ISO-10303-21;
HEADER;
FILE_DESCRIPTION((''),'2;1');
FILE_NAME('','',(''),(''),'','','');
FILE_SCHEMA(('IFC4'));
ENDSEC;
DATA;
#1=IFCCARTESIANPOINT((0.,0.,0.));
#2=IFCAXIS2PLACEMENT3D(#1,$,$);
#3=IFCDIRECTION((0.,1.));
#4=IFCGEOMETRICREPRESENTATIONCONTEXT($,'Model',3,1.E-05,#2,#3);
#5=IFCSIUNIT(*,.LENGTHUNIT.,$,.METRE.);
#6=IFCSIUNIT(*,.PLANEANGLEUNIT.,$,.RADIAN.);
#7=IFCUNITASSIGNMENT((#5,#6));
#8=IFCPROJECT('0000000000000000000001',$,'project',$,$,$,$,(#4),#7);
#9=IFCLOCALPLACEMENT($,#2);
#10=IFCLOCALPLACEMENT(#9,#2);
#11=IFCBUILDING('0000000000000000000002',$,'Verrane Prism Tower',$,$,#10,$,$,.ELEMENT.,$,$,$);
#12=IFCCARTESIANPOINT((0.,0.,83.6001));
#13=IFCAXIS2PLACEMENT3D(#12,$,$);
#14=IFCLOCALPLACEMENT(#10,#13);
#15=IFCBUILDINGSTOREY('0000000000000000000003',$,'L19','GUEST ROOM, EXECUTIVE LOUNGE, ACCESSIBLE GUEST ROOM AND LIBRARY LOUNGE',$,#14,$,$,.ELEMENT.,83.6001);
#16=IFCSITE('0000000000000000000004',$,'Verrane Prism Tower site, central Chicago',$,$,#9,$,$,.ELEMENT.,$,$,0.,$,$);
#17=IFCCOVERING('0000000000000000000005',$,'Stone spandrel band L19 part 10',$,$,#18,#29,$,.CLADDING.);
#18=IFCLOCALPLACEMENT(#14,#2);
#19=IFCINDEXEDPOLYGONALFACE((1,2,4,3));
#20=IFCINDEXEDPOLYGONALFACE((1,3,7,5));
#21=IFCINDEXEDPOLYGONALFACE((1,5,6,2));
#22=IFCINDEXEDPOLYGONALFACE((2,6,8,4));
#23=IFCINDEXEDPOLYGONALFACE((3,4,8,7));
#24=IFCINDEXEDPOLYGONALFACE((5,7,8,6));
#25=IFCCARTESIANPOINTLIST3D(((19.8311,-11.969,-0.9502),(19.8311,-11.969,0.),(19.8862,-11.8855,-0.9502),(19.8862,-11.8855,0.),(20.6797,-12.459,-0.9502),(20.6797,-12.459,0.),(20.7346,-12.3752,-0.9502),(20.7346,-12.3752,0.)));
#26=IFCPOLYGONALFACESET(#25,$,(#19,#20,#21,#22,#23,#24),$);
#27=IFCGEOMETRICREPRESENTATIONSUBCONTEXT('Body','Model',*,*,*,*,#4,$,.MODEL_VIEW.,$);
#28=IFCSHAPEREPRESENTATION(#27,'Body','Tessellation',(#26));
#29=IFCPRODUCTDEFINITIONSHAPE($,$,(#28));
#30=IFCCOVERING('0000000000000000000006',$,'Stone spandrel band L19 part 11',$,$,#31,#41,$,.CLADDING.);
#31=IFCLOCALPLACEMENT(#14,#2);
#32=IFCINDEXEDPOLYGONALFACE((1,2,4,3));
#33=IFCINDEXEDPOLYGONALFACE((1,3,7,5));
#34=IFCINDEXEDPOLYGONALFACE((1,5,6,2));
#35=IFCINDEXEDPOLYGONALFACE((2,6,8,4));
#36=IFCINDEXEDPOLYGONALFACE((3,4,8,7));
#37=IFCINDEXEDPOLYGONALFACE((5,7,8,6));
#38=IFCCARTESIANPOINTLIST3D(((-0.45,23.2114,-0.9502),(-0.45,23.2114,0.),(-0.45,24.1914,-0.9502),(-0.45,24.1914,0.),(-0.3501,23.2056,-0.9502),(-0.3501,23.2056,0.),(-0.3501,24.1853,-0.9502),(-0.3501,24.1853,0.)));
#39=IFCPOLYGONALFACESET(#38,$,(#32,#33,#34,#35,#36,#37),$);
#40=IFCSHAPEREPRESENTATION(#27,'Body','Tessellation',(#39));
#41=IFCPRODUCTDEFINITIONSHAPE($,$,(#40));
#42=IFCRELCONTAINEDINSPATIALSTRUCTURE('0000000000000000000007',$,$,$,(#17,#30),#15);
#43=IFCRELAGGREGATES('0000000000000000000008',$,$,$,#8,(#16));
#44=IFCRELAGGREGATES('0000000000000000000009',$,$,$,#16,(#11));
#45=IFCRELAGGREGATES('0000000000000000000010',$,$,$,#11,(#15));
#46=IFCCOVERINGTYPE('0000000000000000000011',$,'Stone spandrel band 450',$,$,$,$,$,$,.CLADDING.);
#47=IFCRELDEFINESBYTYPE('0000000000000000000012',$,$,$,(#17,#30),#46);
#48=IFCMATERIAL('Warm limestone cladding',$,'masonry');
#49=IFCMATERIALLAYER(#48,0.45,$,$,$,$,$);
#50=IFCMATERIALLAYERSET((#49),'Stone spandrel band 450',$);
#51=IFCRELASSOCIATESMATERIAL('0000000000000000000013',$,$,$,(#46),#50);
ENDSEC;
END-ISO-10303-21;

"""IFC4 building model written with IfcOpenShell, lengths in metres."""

from ifc_helpers import new_model, si_unit, direction, frame, origin, place, context, subcontext, project, spatial, polyline, outline, extrude, material, layer, layer_set, type_object, element, save


model = new_model("IFC4")

# Units and contexts
model_context = context("Model", 3, precision=1e-05, world=origin(), true_north=direction((0.0, 1.0)))
body_context = subcontext(model_context, "Body", "Model", "MODEL_VIEW")
ifc_project = project(units=[si_unit("LENGTHUNIT", "METRE"), si_unit("PLANEANGLEUNIT", "RADIAN")], contexts=[model_context])

# Site, building, storey
site_placement = place(None, origin())
site = spatial("IfcSite", under=ifc_project, at=site_placement, Name="Verrane Prism Tower site, central Chicago", CompositionType="ELEMENT", RefElevation=0.0)
building_placement = place(site_placement, origin())
building = spatial("IfcBuilding", under=site, at=building_placement, Name="Verrane Prism Tower", CompositionType="ELEMENT")
storey_placement = place(building_placement, frame((0.0, 0.0, 83.6001)))
storey = spatial("IfcBuildingStorey", under=building, at=storey_placement, Name="L19", Description="GUEST ROOM, EXECUTIVE LOUNGE, ACCESSIBLE GUEST ROOM AND LIBRARY LOUNGE", CompositionType="ELEMENT", Elevation=83.6001)

# Coverings
ifc_material_1 = material(Name="Warm limestone cladding", Category="masonry")
ifc_layer_1 = layer(ifc_material_1, 0.45)
ifc_layer_set_1 = layer_set([ifc_layer_1], Name="Stone spandrel band 450")
covering_type_1 = type_object("IfcCoveringType", Name="Stone spandrel band 450", PredefinedType="CLADDING", material=ifc_layer_set_1)
covering_1_placement = place(storey_placement, frame((0.0, 0.0, -0.9502)))
element("IfcCovering", 1, at=covering_1_placement, inside=storey, type_object=covering_type_1, Name="Stone spandrel band L19 part 10", PredefinedType="CLADDING", context=body_context, shape_type="SweptSolid", body=[
    extrude(outline(polyline([(19.8311, -11.969), (20.6797, -12.459), (20.7346, -12.3752), (19.8862, -11.8855), (19.8311, -11.969)])), origin(), (0.0, 0.0, 1.0), 0.9502),
])
covering_2_placement = place(storey_placement, frame((0.0, 0.0, -0.9502)))
element("IfcCovering", 2, at=covering_2_placement, inside=storey, type_object=covering_type_1, Name="Stone spandrel band L19 part 11", PredefinedType="CLADDING", context=body_context, shape_type="SweptSolid", body=[
    extrude(outline(polyline([(-0.3501, 24.1853), (-0.45, 24.1914), (-0.45, 23.2114), (-0.3501, 23.2056), (-0.3501, 24.1853)])), origin(), (0.0, 0.0, 1.0), 0.9502),
])

save(model, "model.ifc")
